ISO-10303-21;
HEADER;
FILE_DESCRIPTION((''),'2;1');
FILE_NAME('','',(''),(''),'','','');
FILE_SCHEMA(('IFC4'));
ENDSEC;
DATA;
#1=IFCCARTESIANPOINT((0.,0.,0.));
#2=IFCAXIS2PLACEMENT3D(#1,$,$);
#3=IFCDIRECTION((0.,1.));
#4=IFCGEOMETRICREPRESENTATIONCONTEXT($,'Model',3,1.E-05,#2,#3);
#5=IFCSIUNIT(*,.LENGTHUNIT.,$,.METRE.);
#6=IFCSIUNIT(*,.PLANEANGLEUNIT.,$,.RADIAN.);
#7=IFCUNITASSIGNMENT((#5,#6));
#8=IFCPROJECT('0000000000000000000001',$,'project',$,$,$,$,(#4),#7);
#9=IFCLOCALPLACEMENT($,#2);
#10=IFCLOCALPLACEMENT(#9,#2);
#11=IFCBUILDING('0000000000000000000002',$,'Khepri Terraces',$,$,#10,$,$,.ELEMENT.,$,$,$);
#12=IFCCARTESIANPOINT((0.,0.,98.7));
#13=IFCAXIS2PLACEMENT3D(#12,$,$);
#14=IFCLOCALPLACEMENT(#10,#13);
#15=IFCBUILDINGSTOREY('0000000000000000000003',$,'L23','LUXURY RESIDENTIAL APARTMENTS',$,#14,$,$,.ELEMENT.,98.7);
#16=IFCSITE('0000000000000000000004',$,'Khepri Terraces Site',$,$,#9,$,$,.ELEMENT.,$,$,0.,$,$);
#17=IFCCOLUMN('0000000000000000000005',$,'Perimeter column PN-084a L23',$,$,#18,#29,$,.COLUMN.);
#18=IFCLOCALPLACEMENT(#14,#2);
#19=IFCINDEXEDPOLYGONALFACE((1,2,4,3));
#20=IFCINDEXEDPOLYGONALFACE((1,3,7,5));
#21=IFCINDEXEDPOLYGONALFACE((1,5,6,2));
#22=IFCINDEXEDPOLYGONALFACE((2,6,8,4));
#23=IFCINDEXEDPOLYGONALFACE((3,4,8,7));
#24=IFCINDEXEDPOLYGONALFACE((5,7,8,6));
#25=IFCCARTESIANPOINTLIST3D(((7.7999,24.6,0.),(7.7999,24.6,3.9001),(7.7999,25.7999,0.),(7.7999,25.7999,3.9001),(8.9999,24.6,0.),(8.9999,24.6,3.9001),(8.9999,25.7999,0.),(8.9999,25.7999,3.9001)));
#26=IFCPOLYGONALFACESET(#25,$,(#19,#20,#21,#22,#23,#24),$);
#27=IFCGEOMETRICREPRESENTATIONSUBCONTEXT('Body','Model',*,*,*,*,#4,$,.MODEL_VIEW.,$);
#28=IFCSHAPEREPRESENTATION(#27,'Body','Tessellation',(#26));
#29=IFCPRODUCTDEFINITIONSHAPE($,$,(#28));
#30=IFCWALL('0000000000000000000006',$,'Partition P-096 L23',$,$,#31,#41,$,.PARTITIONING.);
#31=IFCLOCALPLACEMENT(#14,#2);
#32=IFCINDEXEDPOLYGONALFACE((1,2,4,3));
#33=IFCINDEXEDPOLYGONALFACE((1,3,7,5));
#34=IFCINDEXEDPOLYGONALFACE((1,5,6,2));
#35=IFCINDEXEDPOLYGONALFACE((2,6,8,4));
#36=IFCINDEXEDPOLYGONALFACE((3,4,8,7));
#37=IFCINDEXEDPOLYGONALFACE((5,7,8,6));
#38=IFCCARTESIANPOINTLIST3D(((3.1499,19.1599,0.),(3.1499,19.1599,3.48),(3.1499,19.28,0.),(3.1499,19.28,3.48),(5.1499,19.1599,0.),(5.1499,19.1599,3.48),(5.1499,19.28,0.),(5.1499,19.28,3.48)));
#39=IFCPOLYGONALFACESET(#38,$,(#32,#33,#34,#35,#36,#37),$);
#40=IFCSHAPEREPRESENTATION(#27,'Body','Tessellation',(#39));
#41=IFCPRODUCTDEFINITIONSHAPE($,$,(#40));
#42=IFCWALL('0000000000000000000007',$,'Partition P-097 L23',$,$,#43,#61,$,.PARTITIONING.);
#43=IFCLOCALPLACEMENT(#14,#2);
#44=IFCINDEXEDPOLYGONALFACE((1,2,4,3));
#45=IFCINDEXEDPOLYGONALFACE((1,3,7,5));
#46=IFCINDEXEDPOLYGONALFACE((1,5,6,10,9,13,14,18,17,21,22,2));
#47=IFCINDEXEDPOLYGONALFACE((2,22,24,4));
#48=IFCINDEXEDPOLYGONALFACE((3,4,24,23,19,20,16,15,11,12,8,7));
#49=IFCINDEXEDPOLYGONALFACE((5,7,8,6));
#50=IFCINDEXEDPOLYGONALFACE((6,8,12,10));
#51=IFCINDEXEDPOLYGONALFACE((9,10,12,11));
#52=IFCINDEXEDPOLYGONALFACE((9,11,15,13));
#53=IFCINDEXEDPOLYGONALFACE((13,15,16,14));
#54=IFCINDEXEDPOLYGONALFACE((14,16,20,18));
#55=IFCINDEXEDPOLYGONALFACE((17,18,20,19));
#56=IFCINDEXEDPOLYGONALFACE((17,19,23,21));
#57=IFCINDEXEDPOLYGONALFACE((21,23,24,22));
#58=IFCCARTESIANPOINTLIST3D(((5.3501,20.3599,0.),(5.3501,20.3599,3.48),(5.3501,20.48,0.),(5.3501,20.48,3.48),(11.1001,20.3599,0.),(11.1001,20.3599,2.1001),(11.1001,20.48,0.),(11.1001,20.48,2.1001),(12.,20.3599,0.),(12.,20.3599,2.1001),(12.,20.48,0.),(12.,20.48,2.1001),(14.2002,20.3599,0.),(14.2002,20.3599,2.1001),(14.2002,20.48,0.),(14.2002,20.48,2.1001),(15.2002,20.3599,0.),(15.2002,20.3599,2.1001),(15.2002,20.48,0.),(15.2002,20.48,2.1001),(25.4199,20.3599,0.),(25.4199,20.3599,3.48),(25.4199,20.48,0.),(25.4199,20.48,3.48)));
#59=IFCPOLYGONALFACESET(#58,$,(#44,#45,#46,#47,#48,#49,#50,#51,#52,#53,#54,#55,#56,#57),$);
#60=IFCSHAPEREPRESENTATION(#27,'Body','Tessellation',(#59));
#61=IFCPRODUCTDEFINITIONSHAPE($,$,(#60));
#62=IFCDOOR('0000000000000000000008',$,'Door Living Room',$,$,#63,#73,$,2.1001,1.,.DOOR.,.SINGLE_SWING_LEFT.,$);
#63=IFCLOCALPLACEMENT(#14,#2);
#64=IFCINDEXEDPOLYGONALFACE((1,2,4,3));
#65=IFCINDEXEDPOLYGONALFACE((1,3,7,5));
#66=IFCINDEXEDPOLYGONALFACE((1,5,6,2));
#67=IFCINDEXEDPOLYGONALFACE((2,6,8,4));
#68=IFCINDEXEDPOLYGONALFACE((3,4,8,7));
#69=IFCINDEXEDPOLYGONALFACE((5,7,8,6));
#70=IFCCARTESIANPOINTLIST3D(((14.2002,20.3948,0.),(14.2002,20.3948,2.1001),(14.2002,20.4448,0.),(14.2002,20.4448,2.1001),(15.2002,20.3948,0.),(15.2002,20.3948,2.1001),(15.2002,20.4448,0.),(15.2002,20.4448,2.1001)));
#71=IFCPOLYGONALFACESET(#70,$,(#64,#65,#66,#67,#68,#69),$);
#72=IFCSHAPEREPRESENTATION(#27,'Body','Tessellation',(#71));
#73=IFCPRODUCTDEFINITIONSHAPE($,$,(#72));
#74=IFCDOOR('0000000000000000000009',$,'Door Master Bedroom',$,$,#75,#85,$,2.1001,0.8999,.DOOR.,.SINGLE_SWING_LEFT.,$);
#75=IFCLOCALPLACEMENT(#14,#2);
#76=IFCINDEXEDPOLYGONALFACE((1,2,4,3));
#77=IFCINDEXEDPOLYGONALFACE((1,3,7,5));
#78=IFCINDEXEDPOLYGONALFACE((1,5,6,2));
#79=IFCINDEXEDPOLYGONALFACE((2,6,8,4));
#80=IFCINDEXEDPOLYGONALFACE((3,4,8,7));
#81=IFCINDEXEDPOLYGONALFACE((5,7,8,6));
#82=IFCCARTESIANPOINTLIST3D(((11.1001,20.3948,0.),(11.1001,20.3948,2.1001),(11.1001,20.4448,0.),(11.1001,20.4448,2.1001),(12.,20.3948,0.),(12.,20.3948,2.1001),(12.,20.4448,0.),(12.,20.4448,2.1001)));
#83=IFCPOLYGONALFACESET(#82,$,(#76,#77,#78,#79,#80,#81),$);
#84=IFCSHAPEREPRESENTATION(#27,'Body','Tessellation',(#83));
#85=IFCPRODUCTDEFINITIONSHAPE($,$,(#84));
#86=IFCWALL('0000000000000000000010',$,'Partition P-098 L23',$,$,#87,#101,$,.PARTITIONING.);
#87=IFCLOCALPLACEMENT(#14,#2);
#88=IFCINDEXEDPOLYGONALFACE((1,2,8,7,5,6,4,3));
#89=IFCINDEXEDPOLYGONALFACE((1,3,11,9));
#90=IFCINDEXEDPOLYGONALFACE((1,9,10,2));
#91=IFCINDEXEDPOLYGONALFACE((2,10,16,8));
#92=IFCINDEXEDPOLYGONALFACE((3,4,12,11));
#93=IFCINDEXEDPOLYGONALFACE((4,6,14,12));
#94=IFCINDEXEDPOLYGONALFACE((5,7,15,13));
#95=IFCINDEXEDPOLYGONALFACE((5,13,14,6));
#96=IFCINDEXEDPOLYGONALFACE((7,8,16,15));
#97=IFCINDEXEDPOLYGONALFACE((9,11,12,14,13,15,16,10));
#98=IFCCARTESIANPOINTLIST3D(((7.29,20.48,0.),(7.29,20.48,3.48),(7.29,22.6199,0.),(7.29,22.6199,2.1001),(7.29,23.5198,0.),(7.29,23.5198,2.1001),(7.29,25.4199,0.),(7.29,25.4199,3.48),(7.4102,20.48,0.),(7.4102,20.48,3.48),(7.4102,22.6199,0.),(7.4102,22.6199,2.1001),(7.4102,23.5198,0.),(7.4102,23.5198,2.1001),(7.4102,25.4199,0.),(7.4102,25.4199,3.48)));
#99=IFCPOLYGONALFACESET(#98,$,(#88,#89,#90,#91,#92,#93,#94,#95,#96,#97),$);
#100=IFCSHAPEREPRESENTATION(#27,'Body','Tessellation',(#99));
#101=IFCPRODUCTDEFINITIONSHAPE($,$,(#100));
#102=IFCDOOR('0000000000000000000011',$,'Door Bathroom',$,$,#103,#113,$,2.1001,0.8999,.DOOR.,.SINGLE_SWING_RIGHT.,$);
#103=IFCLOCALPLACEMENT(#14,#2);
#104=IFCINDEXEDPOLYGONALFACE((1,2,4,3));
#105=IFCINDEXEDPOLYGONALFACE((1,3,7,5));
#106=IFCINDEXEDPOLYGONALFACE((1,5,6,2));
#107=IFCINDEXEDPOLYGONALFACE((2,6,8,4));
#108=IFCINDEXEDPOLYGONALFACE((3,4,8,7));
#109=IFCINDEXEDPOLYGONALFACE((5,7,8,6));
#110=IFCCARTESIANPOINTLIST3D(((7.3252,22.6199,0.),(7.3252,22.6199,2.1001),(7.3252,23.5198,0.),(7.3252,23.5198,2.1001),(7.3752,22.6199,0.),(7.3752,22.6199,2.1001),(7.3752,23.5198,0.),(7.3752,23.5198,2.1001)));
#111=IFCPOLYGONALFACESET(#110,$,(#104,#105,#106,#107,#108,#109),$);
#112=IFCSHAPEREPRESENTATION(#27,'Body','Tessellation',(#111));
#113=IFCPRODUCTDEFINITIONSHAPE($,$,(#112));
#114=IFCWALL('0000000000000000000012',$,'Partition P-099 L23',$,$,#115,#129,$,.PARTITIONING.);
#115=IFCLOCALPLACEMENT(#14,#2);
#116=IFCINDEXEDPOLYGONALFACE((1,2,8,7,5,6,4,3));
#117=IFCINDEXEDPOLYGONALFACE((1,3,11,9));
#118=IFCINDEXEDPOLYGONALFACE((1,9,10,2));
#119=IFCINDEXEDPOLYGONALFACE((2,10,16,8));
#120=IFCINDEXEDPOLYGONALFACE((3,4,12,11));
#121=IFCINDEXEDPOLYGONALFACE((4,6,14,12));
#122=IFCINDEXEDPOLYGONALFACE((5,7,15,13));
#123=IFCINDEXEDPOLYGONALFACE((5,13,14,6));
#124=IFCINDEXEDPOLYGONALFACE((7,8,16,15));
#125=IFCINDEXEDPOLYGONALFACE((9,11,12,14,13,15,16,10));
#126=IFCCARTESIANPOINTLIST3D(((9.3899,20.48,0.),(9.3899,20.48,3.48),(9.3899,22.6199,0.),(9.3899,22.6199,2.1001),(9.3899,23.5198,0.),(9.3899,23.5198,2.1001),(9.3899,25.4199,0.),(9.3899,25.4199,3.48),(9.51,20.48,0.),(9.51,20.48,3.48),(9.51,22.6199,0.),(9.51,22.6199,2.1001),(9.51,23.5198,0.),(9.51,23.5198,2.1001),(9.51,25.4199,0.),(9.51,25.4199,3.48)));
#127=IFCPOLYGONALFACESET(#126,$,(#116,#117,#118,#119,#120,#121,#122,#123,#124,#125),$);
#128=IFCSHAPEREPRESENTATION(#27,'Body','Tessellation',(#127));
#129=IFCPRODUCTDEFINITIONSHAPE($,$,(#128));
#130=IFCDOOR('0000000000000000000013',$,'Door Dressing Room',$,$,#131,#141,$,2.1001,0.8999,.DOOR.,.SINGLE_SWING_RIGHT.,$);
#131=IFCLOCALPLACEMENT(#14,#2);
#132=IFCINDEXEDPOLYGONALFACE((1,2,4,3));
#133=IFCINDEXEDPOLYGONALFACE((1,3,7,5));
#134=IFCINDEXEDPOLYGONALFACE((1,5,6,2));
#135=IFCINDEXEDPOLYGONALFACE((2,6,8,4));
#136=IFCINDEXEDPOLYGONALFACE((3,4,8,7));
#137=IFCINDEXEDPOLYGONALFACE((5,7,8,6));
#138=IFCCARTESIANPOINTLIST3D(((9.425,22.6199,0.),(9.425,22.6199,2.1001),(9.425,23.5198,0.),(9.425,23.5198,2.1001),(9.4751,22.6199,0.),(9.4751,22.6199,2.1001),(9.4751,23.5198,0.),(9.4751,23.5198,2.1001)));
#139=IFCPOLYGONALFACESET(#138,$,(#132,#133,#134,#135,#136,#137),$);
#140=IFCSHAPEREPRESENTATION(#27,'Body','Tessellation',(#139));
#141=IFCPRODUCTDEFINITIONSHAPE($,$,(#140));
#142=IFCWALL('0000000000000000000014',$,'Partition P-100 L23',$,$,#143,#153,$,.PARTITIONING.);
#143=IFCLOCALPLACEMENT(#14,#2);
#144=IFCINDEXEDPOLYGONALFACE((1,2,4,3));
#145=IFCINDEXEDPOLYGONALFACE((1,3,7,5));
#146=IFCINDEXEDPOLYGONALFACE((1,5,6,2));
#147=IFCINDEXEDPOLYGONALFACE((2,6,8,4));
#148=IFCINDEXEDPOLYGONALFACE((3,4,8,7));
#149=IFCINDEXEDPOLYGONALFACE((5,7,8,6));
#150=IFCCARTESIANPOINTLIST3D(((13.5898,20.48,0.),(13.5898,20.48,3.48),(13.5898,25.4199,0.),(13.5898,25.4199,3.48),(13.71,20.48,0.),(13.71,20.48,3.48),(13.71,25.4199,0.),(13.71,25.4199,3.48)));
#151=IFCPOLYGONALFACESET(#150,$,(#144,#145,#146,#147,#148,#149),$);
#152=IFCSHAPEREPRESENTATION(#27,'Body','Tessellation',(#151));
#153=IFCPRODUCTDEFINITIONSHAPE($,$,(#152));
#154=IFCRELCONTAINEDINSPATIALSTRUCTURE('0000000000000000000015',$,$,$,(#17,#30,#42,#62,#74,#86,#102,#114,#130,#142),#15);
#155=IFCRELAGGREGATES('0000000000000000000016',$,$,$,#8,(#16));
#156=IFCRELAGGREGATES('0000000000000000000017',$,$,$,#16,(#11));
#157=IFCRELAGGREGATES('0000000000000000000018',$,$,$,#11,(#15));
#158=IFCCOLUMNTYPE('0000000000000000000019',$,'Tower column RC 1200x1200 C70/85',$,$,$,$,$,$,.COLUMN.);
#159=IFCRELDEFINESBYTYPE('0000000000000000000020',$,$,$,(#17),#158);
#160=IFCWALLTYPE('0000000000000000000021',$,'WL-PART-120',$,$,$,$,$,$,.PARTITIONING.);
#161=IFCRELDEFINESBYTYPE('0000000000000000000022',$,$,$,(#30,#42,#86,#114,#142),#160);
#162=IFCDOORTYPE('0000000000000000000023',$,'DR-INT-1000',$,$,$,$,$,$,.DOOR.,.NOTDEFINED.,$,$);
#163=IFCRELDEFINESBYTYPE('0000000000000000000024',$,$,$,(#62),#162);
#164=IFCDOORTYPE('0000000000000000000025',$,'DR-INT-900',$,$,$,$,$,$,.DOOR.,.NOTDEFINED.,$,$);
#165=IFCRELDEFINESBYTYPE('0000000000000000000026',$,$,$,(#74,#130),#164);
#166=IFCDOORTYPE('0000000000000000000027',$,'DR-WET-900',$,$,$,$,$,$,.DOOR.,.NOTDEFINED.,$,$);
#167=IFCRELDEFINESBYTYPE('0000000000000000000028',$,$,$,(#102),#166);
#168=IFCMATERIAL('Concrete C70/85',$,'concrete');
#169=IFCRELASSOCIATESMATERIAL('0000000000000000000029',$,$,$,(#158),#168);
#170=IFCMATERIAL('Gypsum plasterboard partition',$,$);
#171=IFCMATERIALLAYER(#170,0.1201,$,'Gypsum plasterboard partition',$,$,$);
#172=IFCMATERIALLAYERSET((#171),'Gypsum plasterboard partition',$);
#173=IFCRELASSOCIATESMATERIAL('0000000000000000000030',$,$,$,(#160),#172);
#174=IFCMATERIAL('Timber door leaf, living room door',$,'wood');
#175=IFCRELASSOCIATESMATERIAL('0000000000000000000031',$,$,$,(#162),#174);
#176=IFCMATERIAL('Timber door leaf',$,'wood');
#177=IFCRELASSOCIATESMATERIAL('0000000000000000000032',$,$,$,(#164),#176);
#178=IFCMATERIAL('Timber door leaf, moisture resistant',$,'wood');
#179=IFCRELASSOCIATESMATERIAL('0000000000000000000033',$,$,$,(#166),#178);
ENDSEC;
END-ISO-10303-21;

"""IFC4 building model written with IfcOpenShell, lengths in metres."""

from ifc_helpers import new_model, si_unit, direction, frame, frame_2d, origin, origin_2d, place, context, subcontext, project, spatial, rectangle, extrude, material, layer, layer_set, material_profile, profile_set, type_object, element, fill, save


model = new_model("IFC4")

# Units and contexts
model_context = context("Model", 3, precision=1e-05, world=origin(), true_north=direction((0.0, 1.0)))
body_context = subcontext(model_context, "Body", "Model", "MODEL_VIEW")
ifc_project = project(units=[si_unit("LENGTHUNIT", "METRE"), si_unit("PLANEANGLEUNIT", "RADIAN")], contexts=[model_context])

# Site, building, storey
site_placement = place(None, origin())
site = spatial("IfcSite", under=ifc_project, at=site_placement, Name="Khepri Terraces Site", CompositionType="ELEMENT", RefElevation=0.0)
building_placement = place(site_placement, origin())
building = spatial("IfcBuilding", under=site, at=building_placement, Name="Khepri Terraces", CompositionType="ELEMENT")
storey_placement = place(building_placement, frame((0.0, 0.0, 98.7)))
storey = spatial("IfcBuildingStorey", under=building, at=storey_placement, Name="L23", Description="LUXURY RESIDENTIAL APARTMENTS", CompositionType="ELEMENT", Elevation=98.7)

# Column
ifc_material_1 = material(Name="Concrete C70/85", Category="concrete")
ifc_material_profile = material_profile(ifc_material_1, rectangle(XDim=1.2, YDim=1.2, at=origin_2d()), Name="Concrete C70/85", Category="concrete")
ifc_profile_set = profile_set([ifc_material_profile], Name="Concrete C70/85")
column_type = type_object("IfcColumnType", Name="Tower column RC 1200x1200 C70/85", PredefinedType="COLUMN", material=ifc_profile_set)
column_placement = place(storey_placement, frame((8.3999, 25.2, 0.0), z_axis=(0.0, 0.0, 1.0), x_axis=(1.0, 0.0, 0.0)))
element("IfcColumn", 1, at=column_placement, inside=storey, type_object=column_type, Name="Perimeter column PN-084a L23", PredefinedType="COLUMN", context=body_context, shape_type="SweptSolid", body=[
    extrude(rectangle(XDim=1.2, YDim=1.2, at=origin_2d()), origin(), (0.0, 0.0, 1.0), 3.9001),
])

# Wall
ifc_material_2 = material(Name="Gypsum plasterboard partition")
ifc_layer_1 = layer(ifc_material_2, 0.1201, Name="Gypsum plasterboard partition")
ifc_layer_set_1 = layer_set([ifc_layer_1], Name="Gypsum plasterboard partition")
wall_type_1 = type_object("IfcWallType", Name="WL-PART-120", PredefinedType="PARTITIONING", material=ifc_layer_set_1)
wall_1_placement = place(storey_placement, frame((3.1499, 19.22, 0.0), z_axis=(0.0, 0.0, 1.0), x_axis=(1.0, 0.0, 0.0)))
element("IfcWall", 2, at=wall_1_placement, inside=storey, type_object=wall_type_1, Name="Partition P-096 L23", PredefinedType="PARTITIONING", context=body_context, shape_type="SweptSolid", body=[
    extrude(rectangle(XDim=2.0, YDim=0.1201, at=frame_2d((1.0, 0.0))), origin(), (0.0, 0.0, 1.0), 3.48),
])

# Wall, openings, doors
wall_2_placement = place(storey_placement, frame((5.3501, 20.4199, 0.0), z_axis=(0.0, 0.0, 1.0), x_axis=(1.0, 0.0, 0.0)))
wall_2 = element("IfcWall", 3, at=wall_2_placement, inside=storey, type_object=wall_type_1, Name="Partition P-097 L23", PredefinedType="PARTITIONING", context=body_context, shape_type="SweptSolid", body=[
    extrude(rectangle(XDim=20.0698, YDim=0.1201, at=frame_2d((10.0349, 0.0))), origin(), (0.0, 0.0, 1.0), 3.48),
])
opening_1_placement = place(wall_2_placement, frame((8.8501, 0.0, 0.0)))
opening_1 = element("IfcOpeningElement", 4, at=opening_1_placement, cuts=wall_2, PredefinedType="OPENING", context=body_context, shape_type="SweptSolid", body=[
    extrude(rectangle(XDim=1.0, YDim=2.1001, at=frame_2d((0.5, 1.05))), frame((0.0, 0.0701, 0.0), z_axis=(0.0, -1.0, 0.0), x_axis=(1.0, 0.0, 0.0)), (0.0, 0.0, 1.0), 0.1401),
])
opening_2_placement = place(wall_2_placement, frame((5.75, 0.0, 0.0)))
opening_2 = element("IfcOpeningElement", 5, at=opening_2_placement, cuts=wall_2, PredefinedType="OPENING", context=body_context, shape_type="SweptSolid", body=[
    extrude(rectangle(XDim=0.8999, YDim=2.1001, at=frame_2d((0.45, 1.05))), frame((0.0, 0.0701, 0.0), z_axis=(0.0, -1.0, 0.0), x_axis=(1.0, 0.0, 0.0)), (0.0, 0.0, 1.0), 0.1401),
])
ifc_material_3 = material(Name="Timber door leaf, living room door", Category="wood")
door_type_1 = type_object("IfcDoorType", Name="DR-INT-1000", OperationType="NOTDEFINED", PredefinedType="DOOR", material=ifc_material_3)
door_1_placement = place(opening_1_placement, origin())
door_1 = element("IfcDoor", 6, at=door_1_placement, inside=storey, type_object=door_type_1, Name="Door Living Room", OperationType="SINGLE_SWING_LEFT", OverallHeight=2.1001, OverallWidth=1.0, PredefinedType="DOOR", context=body_context, shape_type="SweptSolid", body=[
    extrude(rectangle(XDim=1.0, YDim=2.1001, at=frame_2d((0.5, 1.05))), frame((0.0, 0.0249, 0.0), z_axis=(0.0, -1.0, 0.0), x_axis=(1.0, 0.0, 0.0)), (0.0, 0.0, 1.0), 0.05),
])
fill(opening_1, door_1)
ifc_material_4 = material(Name="Timber door leaf", Category="wood")
door_type_2 = type_object("IfcDoorType", Name="DR-INT-900", OperationType="NOTDEFINED", PredefinedType="DOOR", material=ifc_material_4)
door_2_placement = place(opening_2_placement, origin())
door_2 = element("IfcDoor", 7, at=door_2_placement, inside=storey, type_object=door_type_2, Name="Door Master Bedroom", OperationType="SINGLE_SWING_LEFT", OverallHeight=2.1001, OverallWidth=0.8999, PredefinedType="DOOR", context=body_context, shape_type="SweptSolid", body=[
    extrude(rectangle(XDim=0.8999, YDim=2.1001, at=frame_2d((0.45, 1.05))), frame((0.0, 0.0249, 0.0), z_axis=(0.0, -1.0, 0.0), x_axis=(1.0, 0.0, 0.0)), (0.0, 0.0, 1.0), 0.05),
])
fill(opening_2, door_2)

# Walls, openings, doors
wall_3_placement = place(storey_placement, frame((7.3501, 20.48, 0.0), z_axis=(0.0, 0.0, 1.0), x_axis=(0.0, 1.0, 0.0)))
wall_3 = element("IfcWall", 8, at=wall_3_placement, inside=storey, type_object=wall_type_1, Name="Partition P-098 L23", PredefinedType="PARTITIONING", context=body_context, shape_type="SweptSolid", body=[
    extrude(rectangle(XDim=4.9399, YDim=0.1201, at=frame_2d((2.47, 0.0))), origin(), (0.0, 0.0, 1.0), 3.48),
])
opening_3_placement = place(wall_3_placement, frame((2.1399, 0.0, 0.0)))
opening_3 = element("IfcOpeningElement", 9, at=opening_3_placement, cuts=wall_3, PredefinedType="OPENING", context=body_context, shape_type="SweptSolid", body=[
    extrude(rectangle(XDim=0.8999, YDim=2.1001, at=frame_2d((0.45, 1.05))), frame((0.0, 0.0701, 0.0), z_axis=(0.0, -1.0, 0.0), x_axis=(1.0, 0.0, 0.0)), (0.0, 0.0, 1.0), 0.1401),
])
ifc_material_5 = material(Name="Timber door leaf, moisture resistant", Category="wood")
door_type_3 = type_object("IfcDoorType", Name="DR-WET-900", OperationType="NOTDEFINED", PredefinedType="DOOR", material=ifc_material_5)
door_3_placement = place(opening_3_placement, origin())
door_3 = element("IfcDoor", 10, at=door_3_placement, inside=storey, type_object=door_type_3, Name="Door Bathroom", OperationType="SINGLE_SWING_RIGHT", OverallHeight=2.1001, OverallWidth=0.8999, PredefinedType="DOOR", context=body_context, shape_type="SweptSolid", body=[
    extrude(rectangle(XDim=0.8999, YDim=2.1001, at=frame_2d((0.45, 1.05))), frame((0.0, 0.0249, 0.0), z_axis=(0.0, -1.0, 0.0), x_axis=(1.0, 0.0, 0.0)), (0.0, 0.0, 1.0), 0.05),
])
fill(opening_3, door_3)
wall_4_placement = place(storey_placement, frame((9.45, 20.48, 0.0), z_axis=(0.0, 0.0, 1.0), x_axis=(0.0, 1.0, 0.0)))
wall_4 = element("IfcWall", 11, at=wall_4_placement, inside=storey, type_object=wall_type_1, Name="Partition P-099 L23", PredefinedType="PARTITIONING", context=body_context, shape_type="SweptSolid", body=[
    extrude(rectangle(XDim=4.9399, YDim=0.1201, at=frame_2d((2.47, 0.0))), origin(), (0.0, 0.0, 1.0), 3.48),
])
opening_4_placement = place(wall_4_placement, frame((2.1399, 0.0, 0.0)))
opening_4 = element("IfcOpeningElement", 12, at=opening_4_placement, cuts=wall_4, PredefinedType="OPENING", context=body_context, shape_type="SweptSolid", body=[
    extrude(rectangle(XDim=0.8999, YDim=2.1001, at=frame_2d((0.45, 1.05))), frame((0.0, 0.0701, 0.0), z_axis=(0.0, -1.0, 0.0), x_axis=(1.0, 0.0, 0.0)), (0.0, 0.0, 1.0), 0.1401),
])
door_4_placement = place(opening_4_placement, origin())
door_4 = element("IfcDoor", 13, at=door_4_placement, inside=storey, type_object=door_type_2, Name="Door Dressing Room", OperationType="SINGLE_SWING_RIGHT", OverallHeight=2.1001, OverallWidth=0.8999, PredefinedType="DOOR", context=body_context, shape_type="SweptSolid", body=[
    extrude(rectangle(XDim=0.8999, YDim=2.1001, at=frame_2d((0.45, 1.05))), frame((0.0, 0.0249, 0.0), z_axis=(0.0, -1.0, 0.0), x_axis=(1.0, 0.0, 0.0)), (0.0, 0.0, 1.0), 0.05),
])
fill(opening_4, door_4)

# Wall
wall_5_placement = place(storey_placement, frame((13.6499, 20.48, 0.0), z_axis=(0.0, 0.0, 1.0), x_axis=(0.0, 1.0, 0.0)))
element("IfcWall", 14, at=wall_5_placement, inside=storey, type_object=wall_type_1, Name="Partition P-100 L23", PredefinedType="PARTITIONING", context=body_context, shape_type="SweptSolid", body=[
    extrude(rectangle(XDim=4.9399, YDim=0.1201, at=frame_2d((2.47, 0.0))), origin(), (0.0, 0.0, 1.0), 3.48),
])

save(model, "model.ifc")
